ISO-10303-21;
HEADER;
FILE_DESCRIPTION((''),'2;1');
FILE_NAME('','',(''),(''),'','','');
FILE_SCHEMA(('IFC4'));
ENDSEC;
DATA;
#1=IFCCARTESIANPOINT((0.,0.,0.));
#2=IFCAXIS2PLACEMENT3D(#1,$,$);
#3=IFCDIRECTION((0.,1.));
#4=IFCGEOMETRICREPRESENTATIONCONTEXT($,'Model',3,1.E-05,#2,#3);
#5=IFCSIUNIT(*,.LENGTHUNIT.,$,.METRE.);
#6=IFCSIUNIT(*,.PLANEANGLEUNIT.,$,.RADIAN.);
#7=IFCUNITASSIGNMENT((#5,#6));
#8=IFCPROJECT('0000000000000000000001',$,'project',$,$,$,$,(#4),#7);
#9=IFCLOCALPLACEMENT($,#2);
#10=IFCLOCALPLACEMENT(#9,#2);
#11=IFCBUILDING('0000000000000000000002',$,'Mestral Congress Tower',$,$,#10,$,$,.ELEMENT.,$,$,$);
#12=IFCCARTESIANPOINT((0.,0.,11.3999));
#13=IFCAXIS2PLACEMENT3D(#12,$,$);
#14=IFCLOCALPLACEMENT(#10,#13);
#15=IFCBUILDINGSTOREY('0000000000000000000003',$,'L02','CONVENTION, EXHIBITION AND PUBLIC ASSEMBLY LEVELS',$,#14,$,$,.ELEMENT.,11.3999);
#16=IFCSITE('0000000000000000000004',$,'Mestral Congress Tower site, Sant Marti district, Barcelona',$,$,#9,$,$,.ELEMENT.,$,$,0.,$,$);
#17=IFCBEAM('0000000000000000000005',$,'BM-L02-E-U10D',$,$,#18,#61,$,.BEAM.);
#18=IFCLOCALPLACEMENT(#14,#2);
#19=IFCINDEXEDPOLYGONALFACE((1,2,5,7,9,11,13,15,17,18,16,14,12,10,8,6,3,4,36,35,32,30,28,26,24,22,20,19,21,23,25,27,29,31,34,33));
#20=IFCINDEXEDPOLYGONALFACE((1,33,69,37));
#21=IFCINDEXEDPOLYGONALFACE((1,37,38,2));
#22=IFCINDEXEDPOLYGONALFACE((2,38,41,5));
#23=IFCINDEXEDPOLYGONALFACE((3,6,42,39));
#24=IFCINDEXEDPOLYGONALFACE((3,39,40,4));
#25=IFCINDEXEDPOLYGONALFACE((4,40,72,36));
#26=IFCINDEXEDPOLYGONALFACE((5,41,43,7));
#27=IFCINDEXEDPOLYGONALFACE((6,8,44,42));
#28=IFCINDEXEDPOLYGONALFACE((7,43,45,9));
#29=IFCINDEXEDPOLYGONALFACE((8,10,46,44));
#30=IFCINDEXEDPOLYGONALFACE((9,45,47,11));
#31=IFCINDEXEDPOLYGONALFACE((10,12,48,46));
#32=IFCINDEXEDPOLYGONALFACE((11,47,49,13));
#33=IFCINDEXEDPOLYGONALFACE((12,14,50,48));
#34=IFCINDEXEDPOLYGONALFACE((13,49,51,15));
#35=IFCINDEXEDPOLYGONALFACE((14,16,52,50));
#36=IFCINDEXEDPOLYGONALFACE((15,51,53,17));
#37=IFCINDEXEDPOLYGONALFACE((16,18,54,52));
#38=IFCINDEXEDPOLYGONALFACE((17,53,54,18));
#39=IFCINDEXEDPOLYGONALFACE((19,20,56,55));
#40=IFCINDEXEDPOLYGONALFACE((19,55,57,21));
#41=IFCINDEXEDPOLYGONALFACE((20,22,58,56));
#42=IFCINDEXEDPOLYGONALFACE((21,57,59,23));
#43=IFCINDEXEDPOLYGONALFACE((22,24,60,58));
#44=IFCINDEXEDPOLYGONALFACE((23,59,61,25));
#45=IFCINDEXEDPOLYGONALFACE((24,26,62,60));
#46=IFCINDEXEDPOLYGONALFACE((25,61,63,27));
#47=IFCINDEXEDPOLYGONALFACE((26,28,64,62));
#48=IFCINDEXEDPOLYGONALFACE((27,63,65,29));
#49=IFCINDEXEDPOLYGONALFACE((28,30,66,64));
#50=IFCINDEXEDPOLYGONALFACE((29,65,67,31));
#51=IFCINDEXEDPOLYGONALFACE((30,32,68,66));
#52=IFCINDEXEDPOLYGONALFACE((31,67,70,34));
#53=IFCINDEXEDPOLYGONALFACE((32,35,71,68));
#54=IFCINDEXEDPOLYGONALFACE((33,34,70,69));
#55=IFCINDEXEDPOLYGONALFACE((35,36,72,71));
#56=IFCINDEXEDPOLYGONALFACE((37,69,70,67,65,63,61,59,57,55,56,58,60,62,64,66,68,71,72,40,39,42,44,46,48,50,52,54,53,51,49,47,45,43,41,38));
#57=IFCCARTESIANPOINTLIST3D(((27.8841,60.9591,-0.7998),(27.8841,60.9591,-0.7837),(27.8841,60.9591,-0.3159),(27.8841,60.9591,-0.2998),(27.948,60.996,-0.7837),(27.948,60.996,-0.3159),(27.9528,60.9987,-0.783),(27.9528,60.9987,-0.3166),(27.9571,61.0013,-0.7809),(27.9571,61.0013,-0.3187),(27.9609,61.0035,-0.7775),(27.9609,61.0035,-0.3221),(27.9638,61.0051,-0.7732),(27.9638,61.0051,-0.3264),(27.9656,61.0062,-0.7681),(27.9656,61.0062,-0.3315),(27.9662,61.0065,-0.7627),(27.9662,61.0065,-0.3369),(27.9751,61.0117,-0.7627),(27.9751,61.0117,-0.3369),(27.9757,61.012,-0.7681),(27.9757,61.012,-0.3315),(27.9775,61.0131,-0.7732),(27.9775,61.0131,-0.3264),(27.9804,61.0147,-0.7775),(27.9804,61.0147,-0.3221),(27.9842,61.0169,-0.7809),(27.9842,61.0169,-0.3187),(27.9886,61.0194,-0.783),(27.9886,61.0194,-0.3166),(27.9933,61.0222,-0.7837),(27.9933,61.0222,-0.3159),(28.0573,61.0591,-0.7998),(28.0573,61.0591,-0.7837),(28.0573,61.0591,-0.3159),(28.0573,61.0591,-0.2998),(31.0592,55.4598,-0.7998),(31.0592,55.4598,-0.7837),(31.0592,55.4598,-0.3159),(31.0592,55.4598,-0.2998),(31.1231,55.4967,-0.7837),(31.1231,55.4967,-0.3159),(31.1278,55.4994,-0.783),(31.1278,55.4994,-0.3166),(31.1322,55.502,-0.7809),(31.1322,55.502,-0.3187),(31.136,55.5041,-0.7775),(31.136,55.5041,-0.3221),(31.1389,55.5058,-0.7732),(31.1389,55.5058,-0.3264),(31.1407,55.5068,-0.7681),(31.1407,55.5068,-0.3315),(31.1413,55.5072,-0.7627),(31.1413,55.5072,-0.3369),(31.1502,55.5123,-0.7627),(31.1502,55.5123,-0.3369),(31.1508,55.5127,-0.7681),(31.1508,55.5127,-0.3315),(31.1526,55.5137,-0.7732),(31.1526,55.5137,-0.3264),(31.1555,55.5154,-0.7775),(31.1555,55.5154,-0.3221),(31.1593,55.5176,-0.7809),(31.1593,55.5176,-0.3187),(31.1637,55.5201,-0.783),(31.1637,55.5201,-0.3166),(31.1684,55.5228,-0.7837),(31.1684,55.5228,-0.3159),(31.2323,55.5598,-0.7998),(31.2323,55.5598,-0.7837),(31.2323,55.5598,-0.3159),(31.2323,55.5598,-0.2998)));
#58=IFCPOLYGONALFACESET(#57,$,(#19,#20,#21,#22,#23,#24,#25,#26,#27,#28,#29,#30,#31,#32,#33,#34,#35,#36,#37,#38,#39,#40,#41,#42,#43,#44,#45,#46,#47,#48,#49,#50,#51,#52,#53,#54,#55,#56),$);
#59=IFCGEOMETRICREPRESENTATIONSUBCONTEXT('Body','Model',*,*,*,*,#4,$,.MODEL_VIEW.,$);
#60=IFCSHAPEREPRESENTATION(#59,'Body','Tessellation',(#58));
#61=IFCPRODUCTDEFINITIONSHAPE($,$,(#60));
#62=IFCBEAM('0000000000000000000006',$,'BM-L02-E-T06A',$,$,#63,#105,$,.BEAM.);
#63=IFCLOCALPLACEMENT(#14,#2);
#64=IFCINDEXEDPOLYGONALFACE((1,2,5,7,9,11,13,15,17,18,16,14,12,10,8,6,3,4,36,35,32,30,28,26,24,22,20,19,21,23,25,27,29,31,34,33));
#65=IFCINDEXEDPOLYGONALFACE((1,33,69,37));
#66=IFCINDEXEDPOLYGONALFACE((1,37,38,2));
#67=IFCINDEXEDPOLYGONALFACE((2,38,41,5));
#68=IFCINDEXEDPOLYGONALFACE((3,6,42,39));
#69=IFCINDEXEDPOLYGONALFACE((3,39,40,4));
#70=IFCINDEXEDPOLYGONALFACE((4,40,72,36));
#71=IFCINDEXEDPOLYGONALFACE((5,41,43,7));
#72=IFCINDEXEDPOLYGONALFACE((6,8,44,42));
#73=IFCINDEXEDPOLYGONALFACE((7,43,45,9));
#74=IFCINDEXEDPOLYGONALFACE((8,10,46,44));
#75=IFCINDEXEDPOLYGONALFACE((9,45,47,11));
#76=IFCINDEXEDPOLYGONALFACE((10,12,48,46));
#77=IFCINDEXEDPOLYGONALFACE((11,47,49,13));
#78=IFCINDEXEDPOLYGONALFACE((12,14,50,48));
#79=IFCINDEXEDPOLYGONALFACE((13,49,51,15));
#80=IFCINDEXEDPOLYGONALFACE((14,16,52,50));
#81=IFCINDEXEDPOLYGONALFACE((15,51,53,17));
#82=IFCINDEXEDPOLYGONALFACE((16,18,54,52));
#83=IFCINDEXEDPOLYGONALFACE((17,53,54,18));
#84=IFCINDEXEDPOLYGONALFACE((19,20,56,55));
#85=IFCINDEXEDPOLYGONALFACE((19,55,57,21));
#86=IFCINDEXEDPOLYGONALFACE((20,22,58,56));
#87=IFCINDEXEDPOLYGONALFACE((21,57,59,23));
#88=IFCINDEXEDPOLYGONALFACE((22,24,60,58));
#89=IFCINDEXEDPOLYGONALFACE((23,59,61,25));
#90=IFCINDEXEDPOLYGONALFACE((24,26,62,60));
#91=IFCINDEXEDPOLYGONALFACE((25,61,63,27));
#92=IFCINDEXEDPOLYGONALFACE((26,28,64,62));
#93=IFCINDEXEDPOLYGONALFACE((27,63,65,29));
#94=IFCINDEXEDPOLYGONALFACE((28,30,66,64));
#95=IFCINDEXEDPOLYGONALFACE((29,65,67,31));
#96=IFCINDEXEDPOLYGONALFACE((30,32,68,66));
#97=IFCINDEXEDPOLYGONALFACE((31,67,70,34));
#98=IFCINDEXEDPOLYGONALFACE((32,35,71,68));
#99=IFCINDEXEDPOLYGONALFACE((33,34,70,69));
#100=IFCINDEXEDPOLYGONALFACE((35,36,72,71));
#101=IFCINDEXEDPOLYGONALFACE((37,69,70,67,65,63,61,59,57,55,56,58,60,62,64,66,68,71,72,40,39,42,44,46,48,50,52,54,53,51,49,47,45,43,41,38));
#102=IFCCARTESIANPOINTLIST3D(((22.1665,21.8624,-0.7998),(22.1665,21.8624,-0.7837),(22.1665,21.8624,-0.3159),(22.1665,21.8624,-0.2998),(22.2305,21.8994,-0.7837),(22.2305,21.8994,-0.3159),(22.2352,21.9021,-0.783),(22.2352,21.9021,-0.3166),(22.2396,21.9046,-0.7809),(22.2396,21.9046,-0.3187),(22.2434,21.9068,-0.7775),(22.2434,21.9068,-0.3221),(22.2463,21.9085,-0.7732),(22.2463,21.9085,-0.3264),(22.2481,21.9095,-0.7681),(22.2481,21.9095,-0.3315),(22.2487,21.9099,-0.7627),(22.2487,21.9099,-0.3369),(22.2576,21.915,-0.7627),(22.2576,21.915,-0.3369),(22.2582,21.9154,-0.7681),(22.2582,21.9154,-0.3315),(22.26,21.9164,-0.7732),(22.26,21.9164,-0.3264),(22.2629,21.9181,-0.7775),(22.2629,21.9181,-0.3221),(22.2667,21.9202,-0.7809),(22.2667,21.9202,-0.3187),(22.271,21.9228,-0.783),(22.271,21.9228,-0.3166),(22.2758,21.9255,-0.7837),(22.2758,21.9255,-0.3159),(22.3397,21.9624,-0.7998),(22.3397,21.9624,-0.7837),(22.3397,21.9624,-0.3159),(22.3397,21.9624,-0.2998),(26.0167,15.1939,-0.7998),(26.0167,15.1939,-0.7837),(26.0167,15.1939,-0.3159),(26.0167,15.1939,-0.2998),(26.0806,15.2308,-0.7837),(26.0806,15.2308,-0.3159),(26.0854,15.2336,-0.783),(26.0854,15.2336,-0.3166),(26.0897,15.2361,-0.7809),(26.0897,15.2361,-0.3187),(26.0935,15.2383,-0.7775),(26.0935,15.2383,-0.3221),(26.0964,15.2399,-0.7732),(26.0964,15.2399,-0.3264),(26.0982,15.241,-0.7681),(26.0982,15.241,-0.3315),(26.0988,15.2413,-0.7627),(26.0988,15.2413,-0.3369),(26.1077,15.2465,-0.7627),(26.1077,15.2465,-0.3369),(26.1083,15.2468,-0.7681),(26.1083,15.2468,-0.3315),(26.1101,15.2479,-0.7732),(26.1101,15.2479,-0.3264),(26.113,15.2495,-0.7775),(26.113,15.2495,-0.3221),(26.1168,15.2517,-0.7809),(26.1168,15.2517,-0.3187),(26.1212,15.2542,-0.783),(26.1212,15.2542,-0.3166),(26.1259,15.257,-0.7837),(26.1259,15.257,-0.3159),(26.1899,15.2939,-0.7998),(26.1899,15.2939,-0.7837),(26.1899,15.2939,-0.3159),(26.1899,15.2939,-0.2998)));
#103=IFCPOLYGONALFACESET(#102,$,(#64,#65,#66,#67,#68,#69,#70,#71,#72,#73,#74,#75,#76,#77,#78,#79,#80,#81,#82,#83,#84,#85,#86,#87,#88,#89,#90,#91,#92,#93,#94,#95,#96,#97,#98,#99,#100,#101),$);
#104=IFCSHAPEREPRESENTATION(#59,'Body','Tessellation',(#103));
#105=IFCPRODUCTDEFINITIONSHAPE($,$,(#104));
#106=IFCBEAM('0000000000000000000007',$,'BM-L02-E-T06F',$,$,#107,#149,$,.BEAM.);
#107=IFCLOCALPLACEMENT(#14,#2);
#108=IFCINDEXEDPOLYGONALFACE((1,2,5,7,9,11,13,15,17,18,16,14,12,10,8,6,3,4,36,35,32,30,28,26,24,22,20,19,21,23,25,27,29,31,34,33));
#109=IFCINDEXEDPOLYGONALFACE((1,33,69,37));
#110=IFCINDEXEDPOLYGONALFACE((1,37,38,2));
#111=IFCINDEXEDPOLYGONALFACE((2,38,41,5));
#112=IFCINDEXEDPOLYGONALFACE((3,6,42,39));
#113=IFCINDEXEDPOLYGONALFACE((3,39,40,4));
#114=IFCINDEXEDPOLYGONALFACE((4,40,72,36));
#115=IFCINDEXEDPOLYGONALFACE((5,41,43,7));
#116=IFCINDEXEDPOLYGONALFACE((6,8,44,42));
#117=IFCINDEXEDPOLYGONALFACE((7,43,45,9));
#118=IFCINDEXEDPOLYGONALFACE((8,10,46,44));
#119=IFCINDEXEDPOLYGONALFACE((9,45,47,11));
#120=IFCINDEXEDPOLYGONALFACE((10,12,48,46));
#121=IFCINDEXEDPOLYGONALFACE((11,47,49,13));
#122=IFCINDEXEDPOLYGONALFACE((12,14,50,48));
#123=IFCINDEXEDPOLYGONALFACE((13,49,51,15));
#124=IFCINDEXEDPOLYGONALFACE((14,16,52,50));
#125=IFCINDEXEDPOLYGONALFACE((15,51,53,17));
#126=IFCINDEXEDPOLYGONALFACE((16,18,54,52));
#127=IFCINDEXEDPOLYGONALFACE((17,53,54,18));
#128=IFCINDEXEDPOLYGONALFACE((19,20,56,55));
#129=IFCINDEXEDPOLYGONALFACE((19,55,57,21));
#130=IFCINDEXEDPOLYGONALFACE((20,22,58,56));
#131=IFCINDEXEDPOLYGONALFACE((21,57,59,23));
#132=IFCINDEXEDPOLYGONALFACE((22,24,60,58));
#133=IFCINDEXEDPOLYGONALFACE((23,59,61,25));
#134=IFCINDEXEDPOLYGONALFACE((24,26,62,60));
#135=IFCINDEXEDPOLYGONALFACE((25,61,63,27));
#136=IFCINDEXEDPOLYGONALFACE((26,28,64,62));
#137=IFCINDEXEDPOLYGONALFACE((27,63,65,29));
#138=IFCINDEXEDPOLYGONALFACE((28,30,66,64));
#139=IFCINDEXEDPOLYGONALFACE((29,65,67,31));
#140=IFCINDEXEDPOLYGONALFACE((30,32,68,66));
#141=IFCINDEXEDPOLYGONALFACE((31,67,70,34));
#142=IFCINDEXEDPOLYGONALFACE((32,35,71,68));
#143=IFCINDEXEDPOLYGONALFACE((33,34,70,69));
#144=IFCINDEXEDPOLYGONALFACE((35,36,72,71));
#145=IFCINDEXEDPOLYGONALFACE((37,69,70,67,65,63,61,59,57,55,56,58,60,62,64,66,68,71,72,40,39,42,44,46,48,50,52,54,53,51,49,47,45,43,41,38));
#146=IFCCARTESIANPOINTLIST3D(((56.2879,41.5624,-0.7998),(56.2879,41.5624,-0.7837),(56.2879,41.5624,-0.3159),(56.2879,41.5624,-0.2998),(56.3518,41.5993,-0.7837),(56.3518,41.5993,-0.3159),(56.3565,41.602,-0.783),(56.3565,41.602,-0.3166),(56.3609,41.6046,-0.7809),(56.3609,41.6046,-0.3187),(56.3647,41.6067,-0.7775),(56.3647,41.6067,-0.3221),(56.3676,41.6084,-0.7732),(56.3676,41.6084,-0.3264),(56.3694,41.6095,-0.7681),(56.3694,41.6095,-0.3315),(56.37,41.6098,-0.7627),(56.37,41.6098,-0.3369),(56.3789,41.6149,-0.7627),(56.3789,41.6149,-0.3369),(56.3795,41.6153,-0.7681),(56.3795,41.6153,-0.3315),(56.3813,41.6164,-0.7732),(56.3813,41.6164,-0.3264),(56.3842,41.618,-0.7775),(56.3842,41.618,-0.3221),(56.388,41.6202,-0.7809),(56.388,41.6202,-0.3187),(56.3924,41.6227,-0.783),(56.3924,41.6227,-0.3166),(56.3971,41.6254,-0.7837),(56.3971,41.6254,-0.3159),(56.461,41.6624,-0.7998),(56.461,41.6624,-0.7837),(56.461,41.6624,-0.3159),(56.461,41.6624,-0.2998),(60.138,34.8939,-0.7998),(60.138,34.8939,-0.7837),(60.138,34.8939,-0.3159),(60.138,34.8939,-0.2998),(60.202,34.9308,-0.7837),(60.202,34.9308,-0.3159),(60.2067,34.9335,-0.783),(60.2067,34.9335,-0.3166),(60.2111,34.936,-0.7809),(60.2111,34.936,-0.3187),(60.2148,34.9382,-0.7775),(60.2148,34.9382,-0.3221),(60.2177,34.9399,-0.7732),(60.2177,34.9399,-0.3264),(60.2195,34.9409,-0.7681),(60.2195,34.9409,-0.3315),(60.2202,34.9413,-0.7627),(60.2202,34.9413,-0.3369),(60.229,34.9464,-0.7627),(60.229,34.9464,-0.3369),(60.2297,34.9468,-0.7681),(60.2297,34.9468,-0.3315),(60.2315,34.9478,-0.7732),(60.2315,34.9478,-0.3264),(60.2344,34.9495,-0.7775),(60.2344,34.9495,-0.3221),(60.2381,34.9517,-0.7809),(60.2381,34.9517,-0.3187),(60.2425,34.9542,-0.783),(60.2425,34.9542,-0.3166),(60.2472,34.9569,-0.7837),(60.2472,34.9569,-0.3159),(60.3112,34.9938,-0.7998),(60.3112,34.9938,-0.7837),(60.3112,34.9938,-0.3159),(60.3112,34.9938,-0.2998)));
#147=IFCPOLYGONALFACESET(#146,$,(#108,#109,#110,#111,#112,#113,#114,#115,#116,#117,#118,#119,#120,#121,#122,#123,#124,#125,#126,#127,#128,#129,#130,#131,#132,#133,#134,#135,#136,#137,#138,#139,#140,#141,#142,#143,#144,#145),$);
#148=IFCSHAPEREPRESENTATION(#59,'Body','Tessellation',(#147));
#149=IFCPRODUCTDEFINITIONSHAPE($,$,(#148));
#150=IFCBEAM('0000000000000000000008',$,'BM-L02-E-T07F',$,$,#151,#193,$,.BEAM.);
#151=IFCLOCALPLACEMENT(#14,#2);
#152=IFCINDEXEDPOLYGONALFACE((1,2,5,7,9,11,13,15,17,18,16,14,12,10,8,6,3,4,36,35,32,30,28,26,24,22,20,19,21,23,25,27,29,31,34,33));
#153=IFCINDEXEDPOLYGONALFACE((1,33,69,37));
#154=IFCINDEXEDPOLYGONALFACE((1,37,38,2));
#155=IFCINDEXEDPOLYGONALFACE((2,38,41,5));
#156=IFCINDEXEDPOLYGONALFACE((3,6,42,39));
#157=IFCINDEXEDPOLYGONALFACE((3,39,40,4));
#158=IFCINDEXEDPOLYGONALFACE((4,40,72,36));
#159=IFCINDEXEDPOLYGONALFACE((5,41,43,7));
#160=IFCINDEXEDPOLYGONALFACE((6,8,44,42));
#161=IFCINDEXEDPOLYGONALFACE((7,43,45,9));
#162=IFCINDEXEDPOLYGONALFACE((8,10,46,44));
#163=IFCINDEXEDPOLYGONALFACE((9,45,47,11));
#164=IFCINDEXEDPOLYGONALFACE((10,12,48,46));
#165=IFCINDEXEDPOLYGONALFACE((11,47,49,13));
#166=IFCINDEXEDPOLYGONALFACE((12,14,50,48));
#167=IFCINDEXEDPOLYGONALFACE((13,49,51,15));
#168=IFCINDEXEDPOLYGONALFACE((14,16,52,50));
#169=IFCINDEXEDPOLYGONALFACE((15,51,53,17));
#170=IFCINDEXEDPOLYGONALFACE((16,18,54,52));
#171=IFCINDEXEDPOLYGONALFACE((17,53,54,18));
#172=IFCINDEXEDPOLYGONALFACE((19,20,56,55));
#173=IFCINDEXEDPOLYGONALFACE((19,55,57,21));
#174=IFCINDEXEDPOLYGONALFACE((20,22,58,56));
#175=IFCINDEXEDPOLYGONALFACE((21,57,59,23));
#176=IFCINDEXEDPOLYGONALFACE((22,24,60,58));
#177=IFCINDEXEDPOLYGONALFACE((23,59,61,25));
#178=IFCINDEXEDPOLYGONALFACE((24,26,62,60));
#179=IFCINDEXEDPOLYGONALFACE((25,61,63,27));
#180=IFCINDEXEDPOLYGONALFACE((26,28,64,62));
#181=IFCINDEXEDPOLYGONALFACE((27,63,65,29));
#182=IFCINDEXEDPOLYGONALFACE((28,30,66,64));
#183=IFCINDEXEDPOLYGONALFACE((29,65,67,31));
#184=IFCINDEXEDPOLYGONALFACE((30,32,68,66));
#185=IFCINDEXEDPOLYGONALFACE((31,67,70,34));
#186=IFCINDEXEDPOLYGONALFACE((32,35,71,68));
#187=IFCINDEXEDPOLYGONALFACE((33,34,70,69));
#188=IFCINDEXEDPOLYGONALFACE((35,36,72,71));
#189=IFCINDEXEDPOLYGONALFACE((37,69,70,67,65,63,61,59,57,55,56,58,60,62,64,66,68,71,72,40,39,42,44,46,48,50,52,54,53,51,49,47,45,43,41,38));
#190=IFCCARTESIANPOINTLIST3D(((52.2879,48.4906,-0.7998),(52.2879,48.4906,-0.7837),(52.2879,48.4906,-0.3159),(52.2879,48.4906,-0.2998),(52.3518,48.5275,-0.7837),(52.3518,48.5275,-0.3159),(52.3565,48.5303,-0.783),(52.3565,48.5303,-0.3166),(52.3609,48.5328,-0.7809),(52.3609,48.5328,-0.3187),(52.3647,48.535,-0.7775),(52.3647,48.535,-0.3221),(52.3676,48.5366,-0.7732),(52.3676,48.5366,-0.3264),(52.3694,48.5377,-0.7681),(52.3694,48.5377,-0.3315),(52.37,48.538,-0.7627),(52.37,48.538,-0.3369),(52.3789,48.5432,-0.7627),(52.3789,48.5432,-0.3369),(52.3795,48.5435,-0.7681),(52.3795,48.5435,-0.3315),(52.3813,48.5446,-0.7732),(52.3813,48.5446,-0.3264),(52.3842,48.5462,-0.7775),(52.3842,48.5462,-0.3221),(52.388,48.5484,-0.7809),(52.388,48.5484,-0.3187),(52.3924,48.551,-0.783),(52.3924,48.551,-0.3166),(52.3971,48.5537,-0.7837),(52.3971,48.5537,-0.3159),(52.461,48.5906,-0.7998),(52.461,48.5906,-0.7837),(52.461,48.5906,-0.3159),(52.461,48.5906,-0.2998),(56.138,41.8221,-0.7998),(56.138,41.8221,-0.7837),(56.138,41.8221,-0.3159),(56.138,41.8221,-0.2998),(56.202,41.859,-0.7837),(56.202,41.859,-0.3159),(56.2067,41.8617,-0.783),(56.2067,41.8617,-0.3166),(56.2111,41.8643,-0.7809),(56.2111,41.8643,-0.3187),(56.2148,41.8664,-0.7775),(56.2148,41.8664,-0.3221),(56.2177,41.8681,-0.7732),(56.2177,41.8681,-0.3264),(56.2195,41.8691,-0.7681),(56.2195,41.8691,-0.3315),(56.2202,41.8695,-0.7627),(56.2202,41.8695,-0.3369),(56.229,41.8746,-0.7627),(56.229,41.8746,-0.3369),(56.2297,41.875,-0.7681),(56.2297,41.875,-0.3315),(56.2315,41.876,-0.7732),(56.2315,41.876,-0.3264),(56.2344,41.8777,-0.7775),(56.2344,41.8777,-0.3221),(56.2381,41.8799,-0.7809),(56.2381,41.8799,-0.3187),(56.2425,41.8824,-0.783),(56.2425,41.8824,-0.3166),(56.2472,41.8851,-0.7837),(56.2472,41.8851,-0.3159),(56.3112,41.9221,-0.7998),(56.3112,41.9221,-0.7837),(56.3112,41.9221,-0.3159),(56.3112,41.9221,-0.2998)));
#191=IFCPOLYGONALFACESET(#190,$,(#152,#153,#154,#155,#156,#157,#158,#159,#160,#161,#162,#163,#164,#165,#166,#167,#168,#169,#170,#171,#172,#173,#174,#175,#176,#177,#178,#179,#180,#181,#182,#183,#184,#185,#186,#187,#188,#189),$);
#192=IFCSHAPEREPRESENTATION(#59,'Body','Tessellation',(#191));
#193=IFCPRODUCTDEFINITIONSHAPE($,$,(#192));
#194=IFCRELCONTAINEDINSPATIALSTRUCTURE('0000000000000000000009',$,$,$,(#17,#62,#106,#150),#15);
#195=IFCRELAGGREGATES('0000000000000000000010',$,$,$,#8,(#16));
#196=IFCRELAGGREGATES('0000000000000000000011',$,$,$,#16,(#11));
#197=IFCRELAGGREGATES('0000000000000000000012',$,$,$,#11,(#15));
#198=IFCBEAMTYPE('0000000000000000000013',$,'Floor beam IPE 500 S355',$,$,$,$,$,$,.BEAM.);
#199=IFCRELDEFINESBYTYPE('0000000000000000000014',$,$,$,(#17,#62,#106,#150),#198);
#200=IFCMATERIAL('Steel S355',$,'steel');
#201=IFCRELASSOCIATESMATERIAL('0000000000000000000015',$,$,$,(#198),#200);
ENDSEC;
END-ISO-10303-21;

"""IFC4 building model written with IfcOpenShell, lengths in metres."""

from ifc_helpers import new_model, si_unit, direction, frame, origin, origin_2d, place, context, subcontext, project, spatial, i_section, extrude, material, material_profile, profile_set, type_object, element, save


model = new_model("IFC4")

# Units and contexts
model_context = context("Model", 3, precision=1e-05, world=origin(), true_north=direction((0.0, 1.0)))
body_context = subcontext(model_context, "Body", "Model", "MODEL_VIEW")
ifc_project = project(units=[si_unit("LENGTHUNIT", "METRE"), si_unit("PLANEANGLEUNIT", "RADIAN")], contexts=[model_context])

# Site, building, storey
site_placement = place(None, origin())
site = spatial("IfcSite", under=ifc_project, at=site_placement, Name="Mestral Congress Tower site, Sant Marti district, Barcelona", CompositionType="ELEMENT", RefElevation=0.0)
building_placement = place(site_placement, origin())
building = spatial("IfcBuilding", under=site, at=building_placement, Name="Mestral Congress Tower", CompositionType="ELEMENT")
storey_placement = place(building_placement, frame((0.0, 0.0, 11.3999)))
storey = spatial("IfcBuildingStorey", under=building, at=storey_placement, Name="L02", Description="CONVENTION, EXHIBITION AND PUBLIC ASSEMBLY LEVELS", CompositionType="ELEMENT", Elevation=11.3999)

# Beams
ifc_material_1 = material(Name="Steel S355", Category="steel")
ifc_material_profile_1 = material_profile(ifc_material_1, i_section(OverallWidth=0.2, OverallDepth=0.5, WebThickness=0.0103, FlangeThickness=0.0161, FilletRadius=0.021, at=origin_2d()), Name="IPE 500")
ifc_profile_set_1 = profile_set([ifc_material_profile_1], Name="Steel S355")
beam_type_1 = type_object("IfcBeamType", Name="Floor beam IPE 500 S355", PredefinedType="BEAM", material=ifc_profile_set_1)
beam_1_placement = place(storey_placement, frame((31.1458, 55.5098, -0.5498), z_axis=(-0.500005, 0.866022, 0.0), x_axis=(-0.866022, -0.500005, 0.0)))
element("IfcBeam", 1, at=beam_1_placement, inside=storey, type_object=beam_type_1, Name="BM-L02-E-U10D", PredefinedType="BEAM", context=body_context, shape_type="SweptSolid", body=[
    extrude(i_section(OverallWidth=0.2, OverallDepth=0.5, WebThickness=0.0103, FlangeThickness=0.0161, FilletRadius=0.021, at=origin_2d()), origin(), (0.0, 0.0, 1.0), 6.3501),
])
for number, where, z_axis, x_axis, name in (
    (2, (26.1033, 15.2439, -0.5498), (-0.500006, 0.866022, 0.0), (-0.866022, -0.500006, 0.0), "BM-L02-E-T06A"),
    (3, (60.2246, 34.9438, -0.5498), (-0.500006, 0.866022, 0.0), (-0.866022, -0.500006, 0.0), "BM-L02-E-T06F"),
    (4, (56.2246, 41.8721, -0.5498), (-0.500006, 0.866022, 0.0), (-0.866022, -0.500006, 0.0), "BM-L02-E-T07F"),
):
    element("IfcBeam", number, at=place(storey_placement, frame(where, z_axis=z_axis, x_axis=x_axis)), inside=storey, type_object=beam_type_1, Name=name, PredefinedType="BEAM", context=body_context, shape_type="SweptSolid", body=[
        extrude(i_section(OverallWidth=0.2, OverallDepth=0.5, WebThickness=0.0103, FlangeThickness=0.0161, FilletRadius=0.021, at=origin_2d()), origin(), (0.0, 0.0, 1.0), 7.7002),
    ])

save(model, "model.ifc")
